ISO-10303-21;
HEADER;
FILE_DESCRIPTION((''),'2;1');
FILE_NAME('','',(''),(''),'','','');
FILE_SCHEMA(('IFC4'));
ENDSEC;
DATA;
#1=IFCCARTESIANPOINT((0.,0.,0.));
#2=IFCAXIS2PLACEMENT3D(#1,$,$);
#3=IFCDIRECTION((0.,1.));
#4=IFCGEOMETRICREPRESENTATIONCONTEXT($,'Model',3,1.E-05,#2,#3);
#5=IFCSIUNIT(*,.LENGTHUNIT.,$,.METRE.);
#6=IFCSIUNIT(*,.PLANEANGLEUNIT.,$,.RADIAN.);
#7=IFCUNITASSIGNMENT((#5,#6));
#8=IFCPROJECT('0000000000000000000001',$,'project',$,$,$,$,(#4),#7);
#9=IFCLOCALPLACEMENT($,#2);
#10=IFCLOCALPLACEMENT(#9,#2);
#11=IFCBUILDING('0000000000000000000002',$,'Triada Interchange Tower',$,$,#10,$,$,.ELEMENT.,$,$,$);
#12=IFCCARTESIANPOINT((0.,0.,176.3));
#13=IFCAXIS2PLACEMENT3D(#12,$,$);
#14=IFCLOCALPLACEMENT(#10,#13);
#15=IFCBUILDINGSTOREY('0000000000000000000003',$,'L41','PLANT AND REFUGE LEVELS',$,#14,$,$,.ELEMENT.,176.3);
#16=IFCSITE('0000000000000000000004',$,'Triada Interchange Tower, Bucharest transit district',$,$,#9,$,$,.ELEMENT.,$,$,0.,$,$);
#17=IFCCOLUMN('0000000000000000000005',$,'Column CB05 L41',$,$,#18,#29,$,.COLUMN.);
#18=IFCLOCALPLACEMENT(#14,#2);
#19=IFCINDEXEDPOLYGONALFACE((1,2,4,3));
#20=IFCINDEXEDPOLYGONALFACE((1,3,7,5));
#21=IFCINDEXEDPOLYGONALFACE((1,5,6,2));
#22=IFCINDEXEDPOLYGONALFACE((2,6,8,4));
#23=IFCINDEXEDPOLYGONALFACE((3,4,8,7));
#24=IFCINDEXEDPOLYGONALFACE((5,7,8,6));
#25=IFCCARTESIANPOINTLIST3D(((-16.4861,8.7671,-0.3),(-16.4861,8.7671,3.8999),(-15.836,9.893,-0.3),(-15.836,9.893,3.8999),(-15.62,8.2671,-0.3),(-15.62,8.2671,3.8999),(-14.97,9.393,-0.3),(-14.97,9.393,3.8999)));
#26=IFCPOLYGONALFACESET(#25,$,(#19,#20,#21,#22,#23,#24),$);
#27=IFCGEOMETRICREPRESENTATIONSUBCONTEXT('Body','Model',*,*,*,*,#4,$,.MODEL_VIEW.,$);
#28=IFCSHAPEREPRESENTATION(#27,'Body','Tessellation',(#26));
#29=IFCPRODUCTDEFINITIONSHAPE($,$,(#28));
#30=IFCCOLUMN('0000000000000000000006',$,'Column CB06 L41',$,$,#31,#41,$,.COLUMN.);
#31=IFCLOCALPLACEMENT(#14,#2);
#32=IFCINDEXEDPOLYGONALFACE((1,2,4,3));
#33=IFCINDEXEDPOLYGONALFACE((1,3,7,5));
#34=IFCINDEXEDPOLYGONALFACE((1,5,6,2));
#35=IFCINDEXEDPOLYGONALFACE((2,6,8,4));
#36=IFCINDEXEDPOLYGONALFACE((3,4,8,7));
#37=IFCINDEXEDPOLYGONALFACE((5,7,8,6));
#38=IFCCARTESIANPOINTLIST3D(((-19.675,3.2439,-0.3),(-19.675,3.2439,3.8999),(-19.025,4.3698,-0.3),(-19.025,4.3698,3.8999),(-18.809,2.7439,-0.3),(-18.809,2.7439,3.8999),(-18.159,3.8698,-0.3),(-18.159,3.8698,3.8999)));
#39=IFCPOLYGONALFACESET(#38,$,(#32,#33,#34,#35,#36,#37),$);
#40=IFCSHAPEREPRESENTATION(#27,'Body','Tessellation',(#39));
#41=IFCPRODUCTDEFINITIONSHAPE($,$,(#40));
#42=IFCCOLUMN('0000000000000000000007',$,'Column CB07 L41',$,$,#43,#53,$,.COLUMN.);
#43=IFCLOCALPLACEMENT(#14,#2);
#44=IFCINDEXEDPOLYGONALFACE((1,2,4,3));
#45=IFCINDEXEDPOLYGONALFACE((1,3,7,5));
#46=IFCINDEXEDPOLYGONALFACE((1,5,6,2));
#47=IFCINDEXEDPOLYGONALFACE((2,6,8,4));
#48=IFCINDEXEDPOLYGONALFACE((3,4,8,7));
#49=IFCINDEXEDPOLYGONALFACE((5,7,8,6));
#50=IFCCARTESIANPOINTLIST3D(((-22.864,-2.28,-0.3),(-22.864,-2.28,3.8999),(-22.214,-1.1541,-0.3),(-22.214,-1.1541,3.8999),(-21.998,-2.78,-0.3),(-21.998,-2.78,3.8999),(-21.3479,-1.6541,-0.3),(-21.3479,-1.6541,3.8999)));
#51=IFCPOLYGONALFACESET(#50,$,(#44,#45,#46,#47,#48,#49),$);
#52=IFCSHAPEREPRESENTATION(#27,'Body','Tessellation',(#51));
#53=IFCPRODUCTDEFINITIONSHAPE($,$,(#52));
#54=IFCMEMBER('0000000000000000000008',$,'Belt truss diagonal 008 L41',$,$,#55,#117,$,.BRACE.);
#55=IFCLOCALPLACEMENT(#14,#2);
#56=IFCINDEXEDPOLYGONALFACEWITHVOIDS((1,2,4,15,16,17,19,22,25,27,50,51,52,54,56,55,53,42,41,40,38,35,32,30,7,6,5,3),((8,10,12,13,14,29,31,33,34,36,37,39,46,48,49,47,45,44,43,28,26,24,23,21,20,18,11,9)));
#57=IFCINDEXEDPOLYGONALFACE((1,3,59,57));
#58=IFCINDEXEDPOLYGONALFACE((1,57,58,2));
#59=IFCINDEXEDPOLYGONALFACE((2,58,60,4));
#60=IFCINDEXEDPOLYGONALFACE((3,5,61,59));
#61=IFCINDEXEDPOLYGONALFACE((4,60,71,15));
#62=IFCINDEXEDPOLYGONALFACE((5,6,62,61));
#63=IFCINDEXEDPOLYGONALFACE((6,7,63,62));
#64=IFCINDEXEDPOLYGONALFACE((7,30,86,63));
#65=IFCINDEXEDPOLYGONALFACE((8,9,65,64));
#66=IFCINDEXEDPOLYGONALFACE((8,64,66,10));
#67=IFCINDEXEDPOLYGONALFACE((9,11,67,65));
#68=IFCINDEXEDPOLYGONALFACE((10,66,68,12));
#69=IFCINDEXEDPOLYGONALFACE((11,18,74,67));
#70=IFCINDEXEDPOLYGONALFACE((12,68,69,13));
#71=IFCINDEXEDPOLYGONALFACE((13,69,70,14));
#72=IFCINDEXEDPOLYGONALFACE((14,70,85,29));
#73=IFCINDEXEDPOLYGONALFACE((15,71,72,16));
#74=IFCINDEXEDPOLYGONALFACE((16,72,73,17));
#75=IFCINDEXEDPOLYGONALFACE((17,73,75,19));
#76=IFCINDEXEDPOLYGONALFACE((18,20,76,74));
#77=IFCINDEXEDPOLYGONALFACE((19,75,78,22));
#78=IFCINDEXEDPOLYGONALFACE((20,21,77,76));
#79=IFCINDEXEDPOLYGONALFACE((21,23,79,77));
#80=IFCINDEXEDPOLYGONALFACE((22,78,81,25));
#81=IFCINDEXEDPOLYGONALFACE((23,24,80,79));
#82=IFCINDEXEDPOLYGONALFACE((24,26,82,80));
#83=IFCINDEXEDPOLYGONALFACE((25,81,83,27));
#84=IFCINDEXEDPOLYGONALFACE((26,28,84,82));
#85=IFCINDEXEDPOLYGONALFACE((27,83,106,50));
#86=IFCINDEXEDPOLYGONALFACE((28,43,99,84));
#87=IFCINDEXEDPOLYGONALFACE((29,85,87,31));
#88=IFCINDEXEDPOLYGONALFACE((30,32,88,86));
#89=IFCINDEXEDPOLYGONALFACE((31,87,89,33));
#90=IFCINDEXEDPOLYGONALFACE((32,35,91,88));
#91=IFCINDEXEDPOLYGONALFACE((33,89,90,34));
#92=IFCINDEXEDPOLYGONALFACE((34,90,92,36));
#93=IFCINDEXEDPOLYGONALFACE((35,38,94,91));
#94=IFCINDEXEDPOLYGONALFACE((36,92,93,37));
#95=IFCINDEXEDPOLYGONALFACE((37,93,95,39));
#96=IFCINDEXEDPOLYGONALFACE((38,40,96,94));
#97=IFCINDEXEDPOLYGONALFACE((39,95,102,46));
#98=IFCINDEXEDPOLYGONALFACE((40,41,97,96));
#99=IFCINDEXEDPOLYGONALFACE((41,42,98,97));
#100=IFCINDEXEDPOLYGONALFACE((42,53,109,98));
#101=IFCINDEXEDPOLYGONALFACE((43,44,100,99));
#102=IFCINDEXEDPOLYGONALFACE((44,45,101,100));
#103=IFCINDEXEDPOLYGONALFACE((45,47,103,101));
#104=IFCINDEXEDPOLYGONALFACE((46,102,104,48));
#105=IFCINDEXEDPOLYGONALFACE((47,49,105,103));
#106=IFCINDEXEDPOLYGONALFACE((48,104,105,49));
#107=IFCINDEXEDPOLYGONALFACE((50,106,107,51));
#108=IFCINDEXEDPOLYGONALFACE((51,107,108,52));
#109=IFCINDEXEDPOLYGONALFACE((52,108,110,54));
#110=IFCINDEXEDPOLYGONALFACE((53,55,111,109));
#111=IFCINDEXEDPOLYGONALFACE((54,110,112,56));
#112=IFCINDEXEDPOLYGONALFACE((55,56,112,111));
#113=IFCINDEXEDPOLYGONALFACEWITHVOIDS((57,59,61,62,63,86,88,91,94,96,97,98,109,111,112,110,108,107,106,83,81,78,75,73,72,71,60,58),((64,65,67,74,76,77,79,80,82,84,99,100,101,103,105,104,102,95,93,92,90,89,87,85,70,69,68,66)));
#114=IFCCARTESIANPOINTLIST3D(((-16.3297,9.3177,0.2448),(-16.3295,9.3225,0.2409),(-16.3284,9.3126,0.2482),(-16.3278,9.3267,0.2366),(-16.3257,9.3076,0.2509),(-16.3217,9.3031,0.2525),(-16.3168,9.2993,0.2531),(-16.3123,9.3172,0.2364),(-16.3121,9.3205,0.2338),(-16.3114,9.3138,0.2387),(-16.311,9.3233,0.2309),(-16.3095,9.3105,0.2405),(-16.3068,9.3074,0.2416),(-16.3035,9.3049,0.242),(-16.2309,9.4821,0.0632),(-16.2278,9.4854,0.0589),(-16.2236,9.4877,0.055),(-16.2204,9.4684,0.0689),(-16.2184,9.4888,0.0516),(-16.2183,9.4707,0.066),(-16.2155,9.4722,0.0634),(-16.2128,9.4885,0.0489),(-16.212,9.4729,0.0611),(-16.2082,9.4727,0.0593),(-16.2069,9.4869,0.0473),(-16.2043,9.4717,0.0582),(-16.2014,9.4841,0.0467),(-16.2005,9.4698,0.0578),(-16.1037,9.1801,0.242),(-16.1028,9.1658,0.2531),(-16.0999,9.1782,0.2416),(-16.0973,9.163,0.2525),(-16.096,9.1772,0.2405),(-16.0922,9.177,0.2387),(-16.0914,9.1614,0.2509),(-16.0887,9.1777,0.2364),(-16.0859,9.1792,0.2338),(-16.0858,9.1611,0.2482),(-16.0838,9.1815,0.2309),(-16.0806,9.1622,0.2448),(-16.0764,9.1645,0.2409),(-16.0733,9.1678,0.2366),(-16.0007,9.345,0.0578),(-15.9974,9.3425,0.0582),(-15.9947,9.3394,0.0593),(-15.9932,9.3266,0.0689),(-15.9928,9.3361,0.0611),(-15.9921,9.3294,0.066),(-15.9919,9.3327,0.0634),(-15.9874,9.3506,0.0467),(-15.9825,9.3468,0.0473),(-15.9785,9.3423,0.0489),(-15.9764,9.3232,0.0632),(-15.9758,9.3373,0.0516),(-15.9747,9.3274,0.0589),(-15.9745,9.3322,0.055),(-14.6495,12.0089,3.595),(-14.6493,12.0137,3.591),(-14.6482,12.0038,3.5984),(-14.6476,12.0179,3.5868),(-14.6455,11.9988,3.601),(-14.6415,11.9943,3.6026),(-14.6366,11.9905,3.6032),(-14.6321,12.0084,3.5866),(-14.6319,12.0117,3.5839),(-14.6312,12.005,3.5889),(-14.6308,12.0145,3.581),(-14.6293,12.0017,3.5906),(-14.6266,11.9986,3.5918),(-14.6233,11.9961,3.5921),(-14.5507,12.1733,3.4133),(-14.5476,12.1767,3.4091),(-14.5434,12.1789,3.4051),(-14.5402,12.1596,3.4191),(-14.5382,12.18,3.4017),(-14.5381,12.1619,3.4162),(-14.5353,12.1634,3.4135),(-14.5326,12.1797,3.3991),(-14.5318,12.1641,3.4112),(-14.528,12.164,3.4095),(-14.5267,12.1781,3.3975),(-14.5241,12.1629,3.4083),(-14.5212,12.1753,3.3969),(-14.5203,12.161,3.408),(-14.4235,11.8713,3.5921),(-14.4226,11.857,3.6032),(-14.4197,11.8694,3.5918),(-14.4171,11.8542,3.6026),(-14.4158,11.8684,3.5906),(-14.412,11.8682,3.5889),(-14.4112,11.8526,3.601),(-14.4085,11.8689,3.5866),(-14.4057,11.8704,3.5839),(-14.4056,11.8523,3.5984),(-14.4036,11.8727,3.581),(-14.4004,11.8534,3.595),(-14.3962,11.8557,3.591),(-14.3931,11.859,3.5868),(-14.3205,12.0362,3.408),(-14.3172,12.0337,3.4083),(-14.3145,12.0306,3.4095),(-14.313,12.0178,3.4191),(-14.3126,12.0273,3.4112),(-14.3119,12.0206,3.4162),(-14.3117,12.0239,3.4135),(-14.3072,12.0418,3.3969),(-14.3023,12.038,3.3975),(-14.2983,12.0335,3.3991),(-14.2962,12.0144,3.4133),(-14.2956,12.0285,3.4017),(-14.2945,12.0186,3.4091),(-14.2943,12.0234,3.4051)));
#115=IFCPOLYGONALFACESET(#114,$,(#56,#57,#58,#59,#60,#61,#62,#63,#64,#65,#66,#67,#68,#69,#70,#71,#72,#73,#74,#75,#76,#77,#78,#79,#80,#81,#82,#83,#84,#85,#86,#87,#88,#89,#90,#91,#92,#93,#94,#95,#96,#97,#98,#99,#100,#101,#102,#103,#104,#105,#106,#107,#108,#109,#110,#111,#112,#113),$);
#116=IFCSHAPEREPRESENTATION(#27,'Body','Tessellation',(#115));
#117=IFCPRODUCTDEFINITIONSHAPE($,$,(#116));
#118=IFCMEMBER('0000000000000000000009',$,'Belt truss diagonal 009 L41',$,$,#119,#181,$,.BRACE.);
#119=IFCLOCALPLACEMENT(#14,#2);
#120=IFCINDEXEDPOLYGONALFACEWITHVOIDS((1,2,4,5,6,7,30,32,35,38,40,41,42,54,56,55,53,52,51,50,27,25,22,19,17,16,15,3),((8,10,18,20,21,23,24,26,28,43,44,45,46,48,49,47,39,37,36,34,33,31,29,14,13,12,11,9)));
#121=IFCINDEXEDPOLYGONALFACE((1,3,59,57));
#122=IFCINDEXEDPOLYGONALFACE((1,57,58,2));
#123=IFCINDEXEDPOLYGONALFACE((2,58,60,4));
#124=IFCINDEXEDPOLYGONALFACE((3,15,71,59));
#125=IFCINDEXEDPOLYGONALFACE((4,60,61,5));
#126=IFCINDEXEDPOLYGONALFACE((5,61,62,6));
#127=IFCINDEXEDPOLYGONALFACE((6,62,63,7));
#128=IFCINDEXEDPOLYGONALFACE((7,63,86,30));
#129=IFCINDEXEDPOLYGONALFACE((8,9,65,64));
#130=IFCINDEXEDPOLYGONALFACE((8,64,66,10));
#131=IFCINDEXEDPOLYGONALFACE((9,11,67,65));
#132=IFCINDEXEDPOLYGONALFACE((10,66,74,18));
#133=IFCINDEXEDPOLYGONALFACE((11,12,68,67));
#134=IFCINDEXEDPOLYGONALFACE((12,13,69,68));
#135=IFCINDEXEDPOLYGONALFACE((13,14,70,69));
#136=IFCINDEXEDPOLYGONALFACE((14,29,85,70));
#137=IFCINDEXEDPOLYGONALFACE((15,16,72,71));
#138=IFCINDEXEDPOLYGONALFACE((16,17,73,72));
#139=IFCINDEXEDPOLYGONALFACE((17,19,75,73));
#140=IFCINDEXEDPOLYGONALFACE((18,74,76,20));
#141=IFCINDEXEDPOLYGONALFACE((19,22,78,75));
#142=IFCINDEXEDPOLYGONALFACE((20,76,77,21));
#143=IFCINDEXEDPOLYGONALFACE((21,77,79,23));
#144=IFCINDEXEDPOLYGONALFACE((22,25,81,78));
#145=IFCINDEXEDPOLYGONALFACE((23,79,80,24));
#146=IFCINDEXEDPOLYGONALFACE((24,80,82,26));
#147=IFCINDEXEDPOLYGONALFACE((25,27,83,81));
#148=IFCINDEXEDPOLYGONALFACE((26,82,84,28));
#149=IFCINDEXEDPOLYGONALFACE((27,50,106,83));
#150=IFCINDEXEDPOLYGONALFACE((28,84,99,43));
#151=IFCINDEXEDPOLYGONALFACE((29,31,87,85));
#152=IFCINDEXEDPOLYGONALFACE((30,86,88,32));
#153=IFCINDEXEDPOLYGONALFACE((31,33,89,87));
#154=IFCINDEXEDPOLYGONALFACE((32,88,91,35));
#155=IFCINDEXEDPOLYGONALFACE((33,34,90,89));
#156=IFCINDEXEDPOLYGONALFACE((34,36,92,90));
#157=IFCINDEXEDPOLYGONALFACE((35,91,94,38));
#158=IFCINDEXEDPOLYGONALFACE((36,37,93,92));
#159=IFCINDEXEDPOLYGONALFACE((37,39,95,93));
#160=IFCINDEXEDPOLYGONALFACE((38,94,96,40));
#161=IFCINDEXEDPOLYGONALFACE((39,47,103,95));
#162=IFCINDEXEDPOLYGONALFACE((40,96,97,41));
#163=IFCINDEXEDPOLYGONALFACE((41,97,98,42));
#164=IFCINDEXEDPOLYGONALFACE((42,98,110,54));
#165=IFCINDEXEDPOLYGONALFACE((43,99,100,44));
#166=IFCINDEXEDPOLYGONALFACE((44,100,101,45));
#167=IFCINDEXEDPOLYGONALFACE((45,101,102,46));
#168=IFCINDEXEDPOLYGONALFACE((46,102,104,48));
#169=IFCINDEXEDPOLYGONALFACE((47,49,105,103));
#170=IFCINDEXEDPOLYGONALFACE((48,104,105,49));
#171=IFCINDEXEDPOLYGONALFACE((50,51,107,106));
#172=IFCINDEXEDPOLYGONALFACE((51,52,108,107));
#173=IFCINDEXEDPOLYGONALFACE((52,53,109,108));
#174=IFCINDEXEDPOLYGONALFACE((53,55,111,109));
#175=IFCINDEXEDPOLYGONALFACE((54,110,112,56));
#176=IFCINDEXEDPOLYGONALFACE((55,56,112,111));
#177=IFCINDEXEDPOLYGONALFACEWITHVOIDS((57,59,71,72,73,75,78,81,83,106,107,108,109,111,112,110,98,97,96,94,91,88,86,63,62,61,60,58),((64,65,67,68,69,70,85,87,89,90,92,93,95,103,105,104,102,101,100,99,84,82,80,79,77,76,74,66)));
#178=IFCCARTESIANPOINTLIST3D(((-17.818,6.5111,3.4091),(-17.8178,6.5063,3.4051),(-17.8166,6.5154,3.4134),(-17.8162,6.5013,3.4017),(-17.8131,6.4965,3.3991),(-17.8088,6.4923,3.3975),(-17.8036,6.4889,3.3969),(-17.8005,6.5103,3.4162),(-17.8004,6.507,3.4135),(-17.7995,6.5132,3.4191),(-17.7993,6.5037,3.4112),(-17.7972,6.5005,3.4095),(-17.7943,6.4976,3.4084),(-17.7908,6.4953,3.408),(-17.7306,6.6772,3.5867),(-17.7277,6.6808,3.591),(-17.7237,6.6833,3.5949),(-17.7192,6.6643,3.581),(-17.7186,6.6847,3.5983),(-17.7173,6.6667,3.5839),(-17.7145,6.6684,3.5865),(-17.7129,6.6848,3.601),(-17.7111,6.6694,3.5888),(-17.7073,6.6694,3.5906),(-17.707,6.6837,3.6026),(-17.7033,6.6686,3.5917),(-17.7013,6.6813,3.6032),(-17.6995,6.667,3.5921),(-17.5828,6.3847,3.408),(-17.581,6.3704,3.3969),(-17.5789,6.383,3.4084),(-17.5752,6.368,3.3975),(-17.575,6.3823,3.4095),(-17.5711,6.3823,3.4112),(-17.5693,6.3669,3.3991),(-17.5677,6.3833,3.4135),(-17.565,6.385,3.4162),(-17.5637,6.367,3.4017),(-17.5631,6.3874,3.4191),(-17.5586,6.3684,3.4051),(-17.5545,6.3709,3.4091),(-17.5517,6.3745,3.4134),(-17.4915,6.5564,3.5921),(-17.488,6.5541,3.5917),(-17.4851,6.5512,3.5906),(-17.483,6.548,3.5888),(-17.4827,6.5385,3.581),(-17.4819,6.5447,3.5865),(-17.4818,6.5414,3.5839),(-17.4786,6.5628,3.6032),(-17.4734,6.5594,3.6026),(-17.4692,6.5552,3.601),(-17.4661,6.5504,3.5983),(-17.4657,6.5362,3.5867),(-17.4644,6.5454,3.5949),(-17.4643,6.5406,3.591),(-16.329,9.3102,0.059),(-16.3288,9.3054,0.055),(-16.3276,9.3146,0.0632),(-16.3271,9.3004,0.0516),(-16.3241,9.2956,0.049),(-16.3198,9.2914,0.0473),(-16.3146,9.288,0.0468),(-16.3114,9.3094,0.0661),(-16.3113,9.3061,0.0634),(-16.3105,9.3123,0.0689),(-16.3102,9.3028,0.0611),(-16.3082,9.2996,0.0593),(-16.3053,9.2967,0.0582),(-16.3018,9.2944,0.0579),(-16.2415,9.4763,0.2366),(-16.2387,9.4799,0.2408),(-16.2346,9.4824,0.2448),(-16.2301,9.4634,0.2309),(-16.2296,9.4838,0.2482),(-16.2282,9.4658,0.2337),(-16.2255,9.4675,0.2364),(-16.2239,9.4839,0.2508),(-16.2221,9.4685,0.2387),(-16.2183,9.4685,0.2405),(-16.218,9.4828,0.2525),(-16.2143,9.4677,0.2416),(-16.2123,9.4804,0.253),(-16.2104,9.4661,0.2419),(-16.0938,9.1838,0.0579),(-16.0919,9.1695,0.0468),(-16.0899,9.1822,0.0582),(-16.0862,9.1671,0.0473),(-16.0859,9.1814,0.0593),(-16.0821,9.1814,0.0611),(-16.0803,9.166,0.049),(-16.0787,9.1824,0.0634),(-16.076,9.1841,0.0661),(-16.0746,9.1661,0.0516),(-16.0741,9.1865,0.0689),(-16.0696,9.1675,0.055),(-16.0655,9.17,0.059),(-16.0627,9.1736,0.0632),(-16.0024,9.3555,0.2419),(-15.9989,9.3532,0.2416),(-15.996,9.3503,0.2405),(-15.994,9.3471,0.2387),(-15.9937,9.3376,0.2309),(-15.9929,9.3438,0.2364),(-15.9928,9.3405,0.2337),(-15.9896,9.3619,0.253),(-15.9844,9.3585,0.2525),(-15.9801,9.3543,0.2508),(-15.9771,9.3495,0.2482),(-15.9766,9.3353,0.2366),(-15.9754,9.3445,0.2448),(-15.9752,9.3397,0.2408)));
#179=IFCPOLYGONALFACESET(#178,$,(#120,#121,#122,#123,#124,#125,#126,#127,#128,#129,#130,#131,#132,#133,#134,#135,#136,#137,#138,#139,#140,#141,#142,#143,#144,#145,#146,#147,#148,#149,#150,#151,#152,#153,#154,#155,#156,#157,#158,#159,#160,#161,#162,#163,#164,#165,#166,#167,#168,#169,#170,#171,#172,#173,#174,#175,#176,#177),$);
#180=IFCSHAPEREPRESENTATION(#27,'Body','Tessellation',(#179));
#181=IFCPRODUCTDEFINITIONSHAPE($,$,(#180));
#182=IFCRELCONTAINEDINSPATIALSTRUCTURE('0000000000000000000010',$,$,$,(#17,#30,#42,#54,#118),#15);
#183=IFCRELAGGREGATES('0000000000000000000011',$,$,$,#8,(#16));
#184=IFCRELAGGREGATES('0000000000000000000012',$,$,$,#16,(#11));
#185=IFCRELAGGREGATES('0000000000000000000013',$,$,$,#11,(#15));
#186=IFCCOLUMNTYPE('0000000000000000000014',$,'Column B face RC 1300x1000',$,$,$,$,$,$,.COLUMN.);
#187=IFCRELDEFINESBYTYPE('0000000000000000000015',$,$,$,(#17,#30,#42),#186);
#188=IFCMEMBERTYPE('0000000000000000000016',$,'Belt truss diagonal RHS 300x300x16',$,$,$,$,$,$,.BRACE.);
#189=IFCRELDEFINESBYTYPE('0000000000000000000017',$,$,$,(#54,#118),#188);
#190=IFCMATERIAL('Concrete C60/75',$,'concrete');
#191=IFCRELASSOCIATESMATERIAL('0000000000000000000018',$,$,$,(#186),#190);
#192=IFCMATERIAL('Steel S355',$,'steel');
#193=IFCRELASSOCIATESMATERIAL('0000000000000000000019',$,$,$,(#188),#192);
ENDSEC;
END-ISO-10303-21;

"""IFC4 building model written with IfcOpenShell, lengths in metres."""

from ifc_helpers import new_model, si_unit, direction, frame, origin, origin_2d, place, context, subcontext, project, spatial, rectangle, hollow_rectangle, extrude, material, material_profile, profile_set, type_object, element, save


model = new_model("IFC4")

# Units and contexts
model_context = context("Model", 3, precision=1e-05, world=origin(), true_north=direction((0.0, 1.0)))
body_context = subcontext(model_context, "Body", "Model", "MODEL_VIEW")
ifc_project = project(units=[si_unit("LENGTHUNIT", "METRE"), si_unit("PLANEANGLEUNIT", "RADIAN")], contexts=[model_context])

# Site, building, storey
site_placement = place(None, origin())
site = spatial("IfcSite", under=ifc_project, at=site_placement, Name="Triada Interchange Tower, Bucharest transit district", CompositionType="ELEMENT", RefElevation=0.0)
building_placement = place(site_placement, origin())
building = spatial("IfcBuilding", under=site, at=building_placement, Name="Triada Interchange Tower", CompositionType="ELEMENT")
storey_placement = place(building_placement, frame((0.0, 0.0, 176.3)))
storey = spatial("IfcBuildingStorey", under=building, at=storey_placement, Name="L41", Description="PLANT AND REFUGE LEVELS", CompositionType="ELEMENT", Elevation=176.3)

# Columns
ifc_material_1 = material(Name="Concrete C60/75", Category="concrete")
ifc_material_profile_1 = material_profile(ifc_material_1, rectangle(XDim=1.3, YDim=1.0, at=origin_2d()), Name="RC 1300x1000")
ifc_profile_set_1 = profile_set([ifc_material_profile_1], Name="Concrete C60/75")
column_type = type_object("IfcColumnType", Name="Column B face RC 1300x1000", PredefinedType="COLUMN", material=ifc_profile_set_1)
for number, where, z_axis, x_axis, name in (
    (1, (-15.728, 9.0801, -0.3), (0.0, 0.0, 1.0), (0.5, 0.866025, 0.0), "Column CB05 L41"),
    (2, (-18.917, 3.5569, -0.3), (0.0, 0.0, 1.0), (0.5, 0.866025, 0.0), "Column CB06 L41"),
    (3, (-22.106, -1.967, -0.3), (0.0, 0.0, 1.0), (0.5, 0.866025, 0.0), "Column CB07 L41"),
):
    element("IfcColumn", number, at=place(storey_placement, frame(where, z_axis=z_axis, x_axis=x_axis)), inside=storey, type_object=column_type, Name=name, PredefinedType="COLUMN", context=body_context, shape_type="SweptSolid", body=[
        extrude(rectangle(XDim=1.3, YDim=1.0, at=origin_2d()), origin(), (0.0, 0.0, 1.0), 4.2),
    ])

# Members
ifc_material_2 = material(Name="Steel S355", Category="steel")
ifc_material_profile_2 = material_profile(ifc_material_2, hollow_rectangle(XDim=0.3, YDim=0.3, WallThickness=0.0161, InnerFilletRadius=0.0161, OuterFilletRadius=0.0239, at=origin_2d()), Name="RHS 300x300x16")
ifc_profile_set_2 = profile_set([ifc_material_profile_2], Name="Steel S355")
member_type = type_object("IfcMemberType", Name="Belt truss diagonal RHS 300x300x16", PredefinedType="BRACE", material=ifc_profile_set_2)
member_1_placement = place(storey_placement, frame((-16.1521, 9.325, 0.1499), z_axis=(0.364152, 0.583267, 0.726081), x_axis=(-0.848253, 0.529591, 0.0)))
element("IfcMember", 4, at=member_1_placement, inside=storey, type_object=member_type, Name="Belt truss diagonal 008 L41", PredefinedType="BRACE", context=body_context, shape_type="SweptSolid", body=[
    extrude(hollow_rectangle(XDim=0.3, YDim=0.3, WallThickness=0.0161, InnerFilletRadius=0.0161, OuterFilletRadius=0.0239, at=origin_2d()), origin(), (0.0, 0.0, 1.0), 4.614),
])
member_2_placement = place(storey_placement, frame((-16.1521, 9.325, 0.1499), z_axis=(-0.322822, -0.606845, 0.726309), x_axis=(0.882853, -0.469649, 0.0)))
element("IfcMember", 5, at=member_2_placement, inside=storey, type_object=member_type, Name="Belt truss diagonal 009 L41", PredefinedType="BRACE", context=body_context, shape_type="SweptSolid", body=[
    extrude(hollow_rectangle(XDim=0.3, YDim=0.3, WallThickness=0.0161, InnerFilletRadius=0.0161, OuterFilletRadius=0.0239, at=origin_2d()), origin(), (0.0, 0.0, 1.0), 4.6125),
])

save(model, "model.ifc")
